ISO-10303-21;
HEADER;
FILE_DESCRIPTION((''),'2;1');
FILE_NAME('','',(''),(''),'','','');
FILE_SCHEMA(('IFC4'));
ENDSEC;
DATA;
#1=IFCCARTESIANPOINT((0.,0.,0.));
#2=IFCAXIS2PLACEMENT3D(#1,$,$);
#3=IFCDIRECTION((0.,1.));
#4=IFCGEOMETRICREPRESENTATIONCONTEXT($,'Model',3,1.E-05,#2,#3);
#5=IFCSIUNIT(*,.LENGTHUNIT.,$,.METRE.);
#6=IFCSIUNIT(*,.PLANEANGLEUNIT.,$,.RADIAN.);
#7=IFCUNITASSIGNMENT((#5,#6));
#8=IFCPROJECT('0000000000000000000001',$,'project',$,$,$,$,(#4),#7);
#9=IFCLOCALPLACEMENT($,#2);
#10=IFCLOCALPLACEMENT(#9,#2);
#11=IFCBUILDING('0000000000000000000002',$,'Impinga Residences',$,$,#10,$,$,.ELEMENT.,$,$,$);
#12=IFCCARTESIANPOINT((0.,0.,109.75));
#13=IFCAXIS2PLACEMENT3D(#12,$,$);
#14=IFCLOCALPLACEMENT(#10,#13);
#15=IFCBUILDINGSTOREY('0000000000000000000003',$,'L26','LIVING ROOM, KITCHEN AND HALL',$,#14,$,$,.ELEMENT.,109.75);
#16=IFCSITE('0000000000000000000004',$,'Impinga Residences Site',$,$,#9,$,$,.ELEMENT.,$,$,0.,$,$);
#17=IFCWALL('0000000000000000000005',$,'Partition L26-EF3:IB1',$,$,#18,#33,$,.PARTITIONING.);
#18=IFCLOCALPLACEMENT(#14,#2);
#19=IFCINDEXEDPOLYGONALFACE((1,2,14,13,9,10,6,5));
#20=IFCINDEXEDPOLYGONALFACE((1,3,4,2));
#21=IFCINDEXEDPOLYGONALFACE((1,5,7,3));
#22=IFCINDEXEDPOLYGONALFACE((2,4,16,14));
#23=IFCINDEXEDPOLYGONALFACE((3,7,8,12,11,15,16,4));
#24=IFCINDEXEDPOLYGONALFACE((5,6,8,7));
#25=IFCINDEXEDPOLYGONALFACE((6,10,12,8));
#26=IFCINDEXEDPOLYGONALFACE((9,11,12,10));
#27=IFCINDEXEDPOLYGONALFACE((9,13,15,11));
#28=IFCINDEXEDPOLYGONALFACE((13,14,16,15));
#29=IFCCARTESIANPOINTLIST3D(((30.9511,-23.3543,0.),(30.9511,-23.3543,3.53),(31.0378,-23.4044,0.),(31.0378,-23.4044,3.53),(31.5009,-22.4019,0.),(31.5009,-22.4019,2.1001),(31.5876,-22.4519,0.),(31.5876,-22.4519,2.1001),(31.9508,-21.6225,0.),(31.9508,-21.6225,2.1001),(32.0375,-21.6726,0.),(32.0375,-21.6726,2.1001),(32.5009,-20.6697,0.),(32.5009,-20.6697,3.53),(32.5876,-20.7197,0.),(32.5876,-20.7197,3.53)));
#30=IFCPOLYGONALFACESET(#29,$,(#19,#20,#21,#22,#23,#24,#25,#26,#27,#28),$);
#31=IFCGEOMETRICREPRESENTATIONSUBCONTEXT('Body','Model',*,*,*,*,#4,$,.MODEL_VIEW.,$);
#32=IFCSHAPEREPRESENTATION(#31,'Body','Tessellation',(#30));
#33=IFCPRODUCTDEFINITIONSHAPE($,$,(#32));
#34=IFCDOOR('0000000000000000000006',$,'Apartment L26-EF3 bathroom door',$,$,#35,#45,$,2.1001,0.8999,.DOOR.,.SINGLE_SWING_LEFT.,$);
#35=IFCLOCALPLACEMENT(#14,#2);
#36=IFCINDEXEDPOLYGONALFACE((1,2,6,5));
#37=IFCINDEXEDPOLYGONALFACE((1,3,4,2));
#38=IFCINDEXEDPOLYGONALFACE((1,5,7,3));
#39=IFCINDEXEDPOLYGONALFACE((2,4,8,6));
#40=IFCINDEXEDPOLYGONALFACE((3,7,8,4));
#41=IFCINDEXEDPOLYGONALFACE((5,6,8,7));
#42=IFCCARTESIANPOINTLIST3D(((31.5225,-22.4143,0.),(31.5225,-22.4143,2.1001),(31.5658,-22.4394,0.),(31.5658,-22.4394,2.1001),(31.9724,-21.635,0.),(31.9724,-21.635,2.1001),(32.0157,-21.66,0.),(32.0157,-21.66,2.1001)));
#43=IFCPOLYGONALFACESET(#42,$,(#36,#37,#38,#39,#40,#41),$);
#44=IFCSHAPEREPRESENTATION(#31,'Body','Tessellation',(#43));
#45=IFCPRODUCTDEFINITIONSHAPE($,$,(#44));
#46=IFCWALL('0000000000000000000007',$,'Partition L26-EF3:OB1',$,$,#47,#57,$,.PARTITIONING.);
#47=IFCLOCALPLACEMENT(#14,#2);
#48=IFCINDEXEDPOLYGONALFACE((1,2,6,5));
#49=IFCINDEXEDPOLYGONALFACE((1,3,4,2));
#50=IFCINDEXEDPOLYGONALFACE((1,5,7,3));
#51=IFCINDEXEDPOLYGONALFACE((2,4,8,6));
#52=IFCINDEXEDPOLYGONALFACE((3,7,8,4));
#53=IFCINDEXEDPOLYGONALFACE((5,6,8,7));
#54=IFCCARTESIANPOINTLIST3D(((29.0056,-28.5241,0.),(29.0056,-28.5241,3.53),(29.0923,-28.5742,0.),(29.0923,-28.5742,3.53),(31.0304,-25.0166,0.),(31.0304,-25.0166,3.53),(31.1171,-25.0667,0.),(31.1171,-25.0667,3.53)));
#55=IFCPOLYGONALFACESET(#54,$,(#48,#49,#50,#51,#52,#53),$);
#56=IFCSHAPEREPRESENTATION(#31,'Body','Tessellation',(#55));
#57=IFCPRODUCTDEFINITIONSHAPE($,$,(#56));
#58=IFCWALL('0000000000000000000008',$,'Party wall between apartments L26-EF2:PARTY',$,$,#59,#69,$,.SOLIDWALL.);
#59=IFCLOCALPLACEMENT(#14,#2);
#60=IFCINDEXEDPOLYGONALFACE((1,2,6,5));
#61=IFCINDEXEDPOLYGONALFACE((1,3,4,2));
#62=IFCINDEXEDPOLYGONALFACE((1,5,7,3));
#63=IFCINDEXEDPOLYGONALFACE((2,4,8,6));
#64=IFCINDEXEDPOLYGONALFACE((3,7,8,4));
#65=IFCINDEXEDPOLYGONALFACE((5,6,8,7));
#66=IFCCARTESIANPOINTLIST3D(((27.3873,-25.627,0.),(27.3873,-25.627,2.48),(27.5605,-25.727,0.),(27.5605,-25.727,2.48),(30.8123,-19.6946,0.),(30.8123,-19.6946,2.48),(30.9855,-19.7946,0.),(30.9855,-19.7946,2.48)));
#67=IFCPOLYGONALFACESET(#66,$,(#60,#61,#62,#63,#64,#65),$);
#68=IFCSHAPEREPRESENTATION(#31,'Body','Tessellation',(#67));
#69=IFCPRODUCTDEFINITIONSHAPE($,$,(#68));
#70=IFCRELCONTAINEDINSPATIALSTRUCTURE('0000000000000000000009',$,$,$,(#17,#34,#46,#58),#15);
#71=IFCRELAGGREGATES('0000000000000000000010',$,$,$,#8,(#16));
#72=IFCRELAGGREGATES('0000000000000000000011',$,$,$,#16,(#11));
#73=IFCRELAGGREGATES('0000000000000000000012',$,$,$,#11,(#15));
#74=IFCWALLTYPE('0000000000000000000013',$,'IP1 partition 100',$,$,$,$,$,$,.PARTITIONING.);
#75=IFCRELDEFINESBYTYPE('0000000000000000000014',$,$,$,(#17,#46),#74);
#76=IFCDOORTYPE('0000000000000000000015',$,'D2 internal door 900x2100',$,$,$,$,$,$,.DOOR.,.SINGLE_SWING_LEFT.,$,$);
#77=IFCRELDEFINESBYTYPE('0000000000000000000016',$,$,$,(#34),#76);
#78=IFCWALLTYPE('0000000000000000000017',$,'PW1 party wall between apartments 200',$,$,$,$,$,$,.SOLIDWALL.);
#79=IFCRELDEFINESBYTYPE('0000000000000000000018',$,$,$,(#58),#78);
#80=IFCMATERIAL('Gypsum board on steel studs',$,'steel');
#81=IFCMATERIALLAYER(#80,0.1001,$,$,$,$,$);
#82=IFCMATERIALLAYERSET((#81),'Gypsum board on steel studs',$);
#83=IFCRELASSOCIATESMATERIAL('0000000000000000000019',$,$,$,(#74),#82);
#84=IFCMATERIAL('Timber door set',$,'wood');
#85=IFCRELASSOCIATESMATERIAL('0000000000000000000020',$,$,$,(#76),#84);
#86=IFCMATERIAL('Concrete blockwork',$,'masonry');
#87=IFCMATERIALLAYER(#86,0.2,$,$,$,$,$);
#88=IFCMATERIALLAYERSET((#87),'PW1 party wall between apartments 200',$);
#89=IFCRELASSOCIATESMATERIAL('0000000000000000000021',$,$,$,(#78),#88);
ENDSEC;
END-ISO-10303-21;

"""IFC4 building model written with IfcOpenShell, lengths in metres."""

from ifc_helpers import new_model, si_unit, direction, frame, frame_2d, origin, place, context, subcontext, project, spatial, rectangle, extrude, material, layer, layer_set, type_object, element, fill, save


model = new_model("IFC4")

# Units and contexts
model_context = context("Model", 3, precision=1e-05, world=origin(), true_north=direction((0.0, 1.0)))
body_context = subcontext(model_context, "Body", "Model", "MODEL_VIEW")
ifc_project = project(units=[si_unit("LENGTHUNIT", "METRE"), si_unit("PLANEANGLEUNIT", "RADIAN")], contexts=[model_context])

# Site, building, storey
site_placement = place(None, origin())
site = spatial("IfcSite", under=ifc_project, at=site_placement, Name="Impinga Residences Site", CompositionType="ELEMENT", RefElevation=0.0)
building_placement = place(site_placement, origin())
building = spatial("IfcBuilding", under=site, at=building_placement, Name="Impinga Residences", CompositionType="ELEMENT")
storey_placement = place(building_placement, frame((0.0, 0.0, 109.75)))
storey = spatial("IfcBuildingStorey", under=building, at=storey_placement, Name="L26", Description="LIVING ROOM, KITCHEN AND HALL", CompositionType="ELEMENT", Elevation=109.75)

# Shared definitions
ifc_material_1 = material(Name="Gypsum board on steel studs", Category="steel")
ifc_layer_1 = layer(ifc_material_1, 0.1001)
ifc_layer_set_1 = layer_set([ifc_layer_1], Name="Gypsum board on steel studs")
wall_type_1 = type_object("IfcWallType", Name="IP1 partition 100", PredefinedType="PARTITIONING", material=ifc_layer_set_1)

# Shared definitions
ifc_material_2 = material(Name="Timber door set", Category="wood")
door_type = type_object("IfcDoorType", Name="D2 internal door 900x2100", OperationType="SINGLE_SWING_LEFT", PredefinedType="DOOR", material=ifc_material_2)

# Wall, opening, door
wall_1_placement = place(storey_placement, frame((32.5442, -20.6948, 0.0), z_axis=(0.0, 0.0, 1.0), x_axis=(-0.499968, -0.866044, 0.0)))
wall_1 = element("IfcWall", 1, at=wall_1_placement, inside=storey, type_object=wall_type_1, Name="Partition L26-EF3:IB1", PredefinedType="PARTITIONING", context=body_context, shape_type="SweptSolid", body=[
    extrude(rectangle(XDim=3.0999, YDim=0.1001, at=frame_2d((1.5498, 0.0))), origin(), (0.0, 0.0, 1.0), 3.53),
])
opening_1_placement = place(wall_1_placement, frame((1.1001, 0.0, 0.0)))
opening_1 = element("IfcOpeningElement", 2, at=opening_1_placement, cuts=wall_1, PredefinedType="OPENING", context=body_context, shape_type="SweptSolid", body=[
    extrude(rectangle(XDim=0.8999, YDim=2.1001, at=frame_2d((0.45, 1.05))), frame((0.0, 0.0601, 0.0), z_axis=(0.0, -1.0, 0.0), x_axis=(1.0, 0.0, 0.0)), (0.0, 0.0, 1.0), 0.1201),
])
door_1_placement = place(opening_1_placement, origin())
door_1 = element("IfcDoor", 3, at=door_1_placement, inside=storey, type_object=door_type, Name="Apartment L26-EF3 bathroom door", OperationType="SINGLE_SWING_LEFT", OverallHeight=2.1001, OverallWidth=0.8999, PredefinedType="DOOR", context=body_context, shape_type="SweptSolid", body=[
    extrude(rectangle(XDim=0.8999, YDim=2.1001, at=frame_2d((0.45, 1.05))), frame((0.0, 0.0249, 0.0), z_axis=(0.0, -1.0, 0.0), x_axis=(1.0, 0.0, 0.0)), (0.0, 0.0, 1.0), 0.05),
])
fill(opening_1, door_1)

# Walls
wall_2_placement = place(storey_placement, frame((31.0737, -25.0417, 0.0), z_axis=(0.0, 0.0, 1.0), x_axis=(-0.499964, -0.866046, 0.0)))
element("IfcWall", 4, at=wall_2_placement, inside=storey, type_object=wall_type_1, Name="Partition L26-EF3:OB1", PredefinedType="PARTITIONING", context=body_context, shape_type="SweptSolid", body=[
    extrude(rectangle(XDim=4.05, YDim=0.1001, at=frame_2d((2.0249, 0.0))), origin(), (0.0, 0.0, 1.0), 3.53),
])
ifc_material_3 = material(Name="Concrete blockwork", Category="masonry")
ifc_layer_2 = layer(ifc_material_3, 0.2)
ifc_layer_set_2 = layer_set([ifc_layer_2], Name="PW1 party wall between apartments 200")
wall_type_2 = type_object("IfcWallType", Name="PW1 party wall between apartments 200", PredefinedType="SOLIDWALL", material=ifc_layer_set_2)
wall_3_placement = place(storey_placement, frame((30.8989, -19.7446, 0.0), z_axis=(0.0, 0.0, 1.0), x_axis=(-0.499999, -0.866026, 0.0)))
element("IfcWall", 5, at=wall_3_placement, inside=storey, type_object=wall_type_2, Name="Party wall between apartments L26-EF2:PARTY", PredefinedType="SOLIDWALL", context=body_context, shape_type="SweptSolid", body=[
    extrude(rectangle(XDim=6.8501, YDim=0.2, at=frame_2d((3.425, 0.0))), origin(), (0.0, 0.0, 1.0), 2.48),
])

save(model, "model.ifc")
